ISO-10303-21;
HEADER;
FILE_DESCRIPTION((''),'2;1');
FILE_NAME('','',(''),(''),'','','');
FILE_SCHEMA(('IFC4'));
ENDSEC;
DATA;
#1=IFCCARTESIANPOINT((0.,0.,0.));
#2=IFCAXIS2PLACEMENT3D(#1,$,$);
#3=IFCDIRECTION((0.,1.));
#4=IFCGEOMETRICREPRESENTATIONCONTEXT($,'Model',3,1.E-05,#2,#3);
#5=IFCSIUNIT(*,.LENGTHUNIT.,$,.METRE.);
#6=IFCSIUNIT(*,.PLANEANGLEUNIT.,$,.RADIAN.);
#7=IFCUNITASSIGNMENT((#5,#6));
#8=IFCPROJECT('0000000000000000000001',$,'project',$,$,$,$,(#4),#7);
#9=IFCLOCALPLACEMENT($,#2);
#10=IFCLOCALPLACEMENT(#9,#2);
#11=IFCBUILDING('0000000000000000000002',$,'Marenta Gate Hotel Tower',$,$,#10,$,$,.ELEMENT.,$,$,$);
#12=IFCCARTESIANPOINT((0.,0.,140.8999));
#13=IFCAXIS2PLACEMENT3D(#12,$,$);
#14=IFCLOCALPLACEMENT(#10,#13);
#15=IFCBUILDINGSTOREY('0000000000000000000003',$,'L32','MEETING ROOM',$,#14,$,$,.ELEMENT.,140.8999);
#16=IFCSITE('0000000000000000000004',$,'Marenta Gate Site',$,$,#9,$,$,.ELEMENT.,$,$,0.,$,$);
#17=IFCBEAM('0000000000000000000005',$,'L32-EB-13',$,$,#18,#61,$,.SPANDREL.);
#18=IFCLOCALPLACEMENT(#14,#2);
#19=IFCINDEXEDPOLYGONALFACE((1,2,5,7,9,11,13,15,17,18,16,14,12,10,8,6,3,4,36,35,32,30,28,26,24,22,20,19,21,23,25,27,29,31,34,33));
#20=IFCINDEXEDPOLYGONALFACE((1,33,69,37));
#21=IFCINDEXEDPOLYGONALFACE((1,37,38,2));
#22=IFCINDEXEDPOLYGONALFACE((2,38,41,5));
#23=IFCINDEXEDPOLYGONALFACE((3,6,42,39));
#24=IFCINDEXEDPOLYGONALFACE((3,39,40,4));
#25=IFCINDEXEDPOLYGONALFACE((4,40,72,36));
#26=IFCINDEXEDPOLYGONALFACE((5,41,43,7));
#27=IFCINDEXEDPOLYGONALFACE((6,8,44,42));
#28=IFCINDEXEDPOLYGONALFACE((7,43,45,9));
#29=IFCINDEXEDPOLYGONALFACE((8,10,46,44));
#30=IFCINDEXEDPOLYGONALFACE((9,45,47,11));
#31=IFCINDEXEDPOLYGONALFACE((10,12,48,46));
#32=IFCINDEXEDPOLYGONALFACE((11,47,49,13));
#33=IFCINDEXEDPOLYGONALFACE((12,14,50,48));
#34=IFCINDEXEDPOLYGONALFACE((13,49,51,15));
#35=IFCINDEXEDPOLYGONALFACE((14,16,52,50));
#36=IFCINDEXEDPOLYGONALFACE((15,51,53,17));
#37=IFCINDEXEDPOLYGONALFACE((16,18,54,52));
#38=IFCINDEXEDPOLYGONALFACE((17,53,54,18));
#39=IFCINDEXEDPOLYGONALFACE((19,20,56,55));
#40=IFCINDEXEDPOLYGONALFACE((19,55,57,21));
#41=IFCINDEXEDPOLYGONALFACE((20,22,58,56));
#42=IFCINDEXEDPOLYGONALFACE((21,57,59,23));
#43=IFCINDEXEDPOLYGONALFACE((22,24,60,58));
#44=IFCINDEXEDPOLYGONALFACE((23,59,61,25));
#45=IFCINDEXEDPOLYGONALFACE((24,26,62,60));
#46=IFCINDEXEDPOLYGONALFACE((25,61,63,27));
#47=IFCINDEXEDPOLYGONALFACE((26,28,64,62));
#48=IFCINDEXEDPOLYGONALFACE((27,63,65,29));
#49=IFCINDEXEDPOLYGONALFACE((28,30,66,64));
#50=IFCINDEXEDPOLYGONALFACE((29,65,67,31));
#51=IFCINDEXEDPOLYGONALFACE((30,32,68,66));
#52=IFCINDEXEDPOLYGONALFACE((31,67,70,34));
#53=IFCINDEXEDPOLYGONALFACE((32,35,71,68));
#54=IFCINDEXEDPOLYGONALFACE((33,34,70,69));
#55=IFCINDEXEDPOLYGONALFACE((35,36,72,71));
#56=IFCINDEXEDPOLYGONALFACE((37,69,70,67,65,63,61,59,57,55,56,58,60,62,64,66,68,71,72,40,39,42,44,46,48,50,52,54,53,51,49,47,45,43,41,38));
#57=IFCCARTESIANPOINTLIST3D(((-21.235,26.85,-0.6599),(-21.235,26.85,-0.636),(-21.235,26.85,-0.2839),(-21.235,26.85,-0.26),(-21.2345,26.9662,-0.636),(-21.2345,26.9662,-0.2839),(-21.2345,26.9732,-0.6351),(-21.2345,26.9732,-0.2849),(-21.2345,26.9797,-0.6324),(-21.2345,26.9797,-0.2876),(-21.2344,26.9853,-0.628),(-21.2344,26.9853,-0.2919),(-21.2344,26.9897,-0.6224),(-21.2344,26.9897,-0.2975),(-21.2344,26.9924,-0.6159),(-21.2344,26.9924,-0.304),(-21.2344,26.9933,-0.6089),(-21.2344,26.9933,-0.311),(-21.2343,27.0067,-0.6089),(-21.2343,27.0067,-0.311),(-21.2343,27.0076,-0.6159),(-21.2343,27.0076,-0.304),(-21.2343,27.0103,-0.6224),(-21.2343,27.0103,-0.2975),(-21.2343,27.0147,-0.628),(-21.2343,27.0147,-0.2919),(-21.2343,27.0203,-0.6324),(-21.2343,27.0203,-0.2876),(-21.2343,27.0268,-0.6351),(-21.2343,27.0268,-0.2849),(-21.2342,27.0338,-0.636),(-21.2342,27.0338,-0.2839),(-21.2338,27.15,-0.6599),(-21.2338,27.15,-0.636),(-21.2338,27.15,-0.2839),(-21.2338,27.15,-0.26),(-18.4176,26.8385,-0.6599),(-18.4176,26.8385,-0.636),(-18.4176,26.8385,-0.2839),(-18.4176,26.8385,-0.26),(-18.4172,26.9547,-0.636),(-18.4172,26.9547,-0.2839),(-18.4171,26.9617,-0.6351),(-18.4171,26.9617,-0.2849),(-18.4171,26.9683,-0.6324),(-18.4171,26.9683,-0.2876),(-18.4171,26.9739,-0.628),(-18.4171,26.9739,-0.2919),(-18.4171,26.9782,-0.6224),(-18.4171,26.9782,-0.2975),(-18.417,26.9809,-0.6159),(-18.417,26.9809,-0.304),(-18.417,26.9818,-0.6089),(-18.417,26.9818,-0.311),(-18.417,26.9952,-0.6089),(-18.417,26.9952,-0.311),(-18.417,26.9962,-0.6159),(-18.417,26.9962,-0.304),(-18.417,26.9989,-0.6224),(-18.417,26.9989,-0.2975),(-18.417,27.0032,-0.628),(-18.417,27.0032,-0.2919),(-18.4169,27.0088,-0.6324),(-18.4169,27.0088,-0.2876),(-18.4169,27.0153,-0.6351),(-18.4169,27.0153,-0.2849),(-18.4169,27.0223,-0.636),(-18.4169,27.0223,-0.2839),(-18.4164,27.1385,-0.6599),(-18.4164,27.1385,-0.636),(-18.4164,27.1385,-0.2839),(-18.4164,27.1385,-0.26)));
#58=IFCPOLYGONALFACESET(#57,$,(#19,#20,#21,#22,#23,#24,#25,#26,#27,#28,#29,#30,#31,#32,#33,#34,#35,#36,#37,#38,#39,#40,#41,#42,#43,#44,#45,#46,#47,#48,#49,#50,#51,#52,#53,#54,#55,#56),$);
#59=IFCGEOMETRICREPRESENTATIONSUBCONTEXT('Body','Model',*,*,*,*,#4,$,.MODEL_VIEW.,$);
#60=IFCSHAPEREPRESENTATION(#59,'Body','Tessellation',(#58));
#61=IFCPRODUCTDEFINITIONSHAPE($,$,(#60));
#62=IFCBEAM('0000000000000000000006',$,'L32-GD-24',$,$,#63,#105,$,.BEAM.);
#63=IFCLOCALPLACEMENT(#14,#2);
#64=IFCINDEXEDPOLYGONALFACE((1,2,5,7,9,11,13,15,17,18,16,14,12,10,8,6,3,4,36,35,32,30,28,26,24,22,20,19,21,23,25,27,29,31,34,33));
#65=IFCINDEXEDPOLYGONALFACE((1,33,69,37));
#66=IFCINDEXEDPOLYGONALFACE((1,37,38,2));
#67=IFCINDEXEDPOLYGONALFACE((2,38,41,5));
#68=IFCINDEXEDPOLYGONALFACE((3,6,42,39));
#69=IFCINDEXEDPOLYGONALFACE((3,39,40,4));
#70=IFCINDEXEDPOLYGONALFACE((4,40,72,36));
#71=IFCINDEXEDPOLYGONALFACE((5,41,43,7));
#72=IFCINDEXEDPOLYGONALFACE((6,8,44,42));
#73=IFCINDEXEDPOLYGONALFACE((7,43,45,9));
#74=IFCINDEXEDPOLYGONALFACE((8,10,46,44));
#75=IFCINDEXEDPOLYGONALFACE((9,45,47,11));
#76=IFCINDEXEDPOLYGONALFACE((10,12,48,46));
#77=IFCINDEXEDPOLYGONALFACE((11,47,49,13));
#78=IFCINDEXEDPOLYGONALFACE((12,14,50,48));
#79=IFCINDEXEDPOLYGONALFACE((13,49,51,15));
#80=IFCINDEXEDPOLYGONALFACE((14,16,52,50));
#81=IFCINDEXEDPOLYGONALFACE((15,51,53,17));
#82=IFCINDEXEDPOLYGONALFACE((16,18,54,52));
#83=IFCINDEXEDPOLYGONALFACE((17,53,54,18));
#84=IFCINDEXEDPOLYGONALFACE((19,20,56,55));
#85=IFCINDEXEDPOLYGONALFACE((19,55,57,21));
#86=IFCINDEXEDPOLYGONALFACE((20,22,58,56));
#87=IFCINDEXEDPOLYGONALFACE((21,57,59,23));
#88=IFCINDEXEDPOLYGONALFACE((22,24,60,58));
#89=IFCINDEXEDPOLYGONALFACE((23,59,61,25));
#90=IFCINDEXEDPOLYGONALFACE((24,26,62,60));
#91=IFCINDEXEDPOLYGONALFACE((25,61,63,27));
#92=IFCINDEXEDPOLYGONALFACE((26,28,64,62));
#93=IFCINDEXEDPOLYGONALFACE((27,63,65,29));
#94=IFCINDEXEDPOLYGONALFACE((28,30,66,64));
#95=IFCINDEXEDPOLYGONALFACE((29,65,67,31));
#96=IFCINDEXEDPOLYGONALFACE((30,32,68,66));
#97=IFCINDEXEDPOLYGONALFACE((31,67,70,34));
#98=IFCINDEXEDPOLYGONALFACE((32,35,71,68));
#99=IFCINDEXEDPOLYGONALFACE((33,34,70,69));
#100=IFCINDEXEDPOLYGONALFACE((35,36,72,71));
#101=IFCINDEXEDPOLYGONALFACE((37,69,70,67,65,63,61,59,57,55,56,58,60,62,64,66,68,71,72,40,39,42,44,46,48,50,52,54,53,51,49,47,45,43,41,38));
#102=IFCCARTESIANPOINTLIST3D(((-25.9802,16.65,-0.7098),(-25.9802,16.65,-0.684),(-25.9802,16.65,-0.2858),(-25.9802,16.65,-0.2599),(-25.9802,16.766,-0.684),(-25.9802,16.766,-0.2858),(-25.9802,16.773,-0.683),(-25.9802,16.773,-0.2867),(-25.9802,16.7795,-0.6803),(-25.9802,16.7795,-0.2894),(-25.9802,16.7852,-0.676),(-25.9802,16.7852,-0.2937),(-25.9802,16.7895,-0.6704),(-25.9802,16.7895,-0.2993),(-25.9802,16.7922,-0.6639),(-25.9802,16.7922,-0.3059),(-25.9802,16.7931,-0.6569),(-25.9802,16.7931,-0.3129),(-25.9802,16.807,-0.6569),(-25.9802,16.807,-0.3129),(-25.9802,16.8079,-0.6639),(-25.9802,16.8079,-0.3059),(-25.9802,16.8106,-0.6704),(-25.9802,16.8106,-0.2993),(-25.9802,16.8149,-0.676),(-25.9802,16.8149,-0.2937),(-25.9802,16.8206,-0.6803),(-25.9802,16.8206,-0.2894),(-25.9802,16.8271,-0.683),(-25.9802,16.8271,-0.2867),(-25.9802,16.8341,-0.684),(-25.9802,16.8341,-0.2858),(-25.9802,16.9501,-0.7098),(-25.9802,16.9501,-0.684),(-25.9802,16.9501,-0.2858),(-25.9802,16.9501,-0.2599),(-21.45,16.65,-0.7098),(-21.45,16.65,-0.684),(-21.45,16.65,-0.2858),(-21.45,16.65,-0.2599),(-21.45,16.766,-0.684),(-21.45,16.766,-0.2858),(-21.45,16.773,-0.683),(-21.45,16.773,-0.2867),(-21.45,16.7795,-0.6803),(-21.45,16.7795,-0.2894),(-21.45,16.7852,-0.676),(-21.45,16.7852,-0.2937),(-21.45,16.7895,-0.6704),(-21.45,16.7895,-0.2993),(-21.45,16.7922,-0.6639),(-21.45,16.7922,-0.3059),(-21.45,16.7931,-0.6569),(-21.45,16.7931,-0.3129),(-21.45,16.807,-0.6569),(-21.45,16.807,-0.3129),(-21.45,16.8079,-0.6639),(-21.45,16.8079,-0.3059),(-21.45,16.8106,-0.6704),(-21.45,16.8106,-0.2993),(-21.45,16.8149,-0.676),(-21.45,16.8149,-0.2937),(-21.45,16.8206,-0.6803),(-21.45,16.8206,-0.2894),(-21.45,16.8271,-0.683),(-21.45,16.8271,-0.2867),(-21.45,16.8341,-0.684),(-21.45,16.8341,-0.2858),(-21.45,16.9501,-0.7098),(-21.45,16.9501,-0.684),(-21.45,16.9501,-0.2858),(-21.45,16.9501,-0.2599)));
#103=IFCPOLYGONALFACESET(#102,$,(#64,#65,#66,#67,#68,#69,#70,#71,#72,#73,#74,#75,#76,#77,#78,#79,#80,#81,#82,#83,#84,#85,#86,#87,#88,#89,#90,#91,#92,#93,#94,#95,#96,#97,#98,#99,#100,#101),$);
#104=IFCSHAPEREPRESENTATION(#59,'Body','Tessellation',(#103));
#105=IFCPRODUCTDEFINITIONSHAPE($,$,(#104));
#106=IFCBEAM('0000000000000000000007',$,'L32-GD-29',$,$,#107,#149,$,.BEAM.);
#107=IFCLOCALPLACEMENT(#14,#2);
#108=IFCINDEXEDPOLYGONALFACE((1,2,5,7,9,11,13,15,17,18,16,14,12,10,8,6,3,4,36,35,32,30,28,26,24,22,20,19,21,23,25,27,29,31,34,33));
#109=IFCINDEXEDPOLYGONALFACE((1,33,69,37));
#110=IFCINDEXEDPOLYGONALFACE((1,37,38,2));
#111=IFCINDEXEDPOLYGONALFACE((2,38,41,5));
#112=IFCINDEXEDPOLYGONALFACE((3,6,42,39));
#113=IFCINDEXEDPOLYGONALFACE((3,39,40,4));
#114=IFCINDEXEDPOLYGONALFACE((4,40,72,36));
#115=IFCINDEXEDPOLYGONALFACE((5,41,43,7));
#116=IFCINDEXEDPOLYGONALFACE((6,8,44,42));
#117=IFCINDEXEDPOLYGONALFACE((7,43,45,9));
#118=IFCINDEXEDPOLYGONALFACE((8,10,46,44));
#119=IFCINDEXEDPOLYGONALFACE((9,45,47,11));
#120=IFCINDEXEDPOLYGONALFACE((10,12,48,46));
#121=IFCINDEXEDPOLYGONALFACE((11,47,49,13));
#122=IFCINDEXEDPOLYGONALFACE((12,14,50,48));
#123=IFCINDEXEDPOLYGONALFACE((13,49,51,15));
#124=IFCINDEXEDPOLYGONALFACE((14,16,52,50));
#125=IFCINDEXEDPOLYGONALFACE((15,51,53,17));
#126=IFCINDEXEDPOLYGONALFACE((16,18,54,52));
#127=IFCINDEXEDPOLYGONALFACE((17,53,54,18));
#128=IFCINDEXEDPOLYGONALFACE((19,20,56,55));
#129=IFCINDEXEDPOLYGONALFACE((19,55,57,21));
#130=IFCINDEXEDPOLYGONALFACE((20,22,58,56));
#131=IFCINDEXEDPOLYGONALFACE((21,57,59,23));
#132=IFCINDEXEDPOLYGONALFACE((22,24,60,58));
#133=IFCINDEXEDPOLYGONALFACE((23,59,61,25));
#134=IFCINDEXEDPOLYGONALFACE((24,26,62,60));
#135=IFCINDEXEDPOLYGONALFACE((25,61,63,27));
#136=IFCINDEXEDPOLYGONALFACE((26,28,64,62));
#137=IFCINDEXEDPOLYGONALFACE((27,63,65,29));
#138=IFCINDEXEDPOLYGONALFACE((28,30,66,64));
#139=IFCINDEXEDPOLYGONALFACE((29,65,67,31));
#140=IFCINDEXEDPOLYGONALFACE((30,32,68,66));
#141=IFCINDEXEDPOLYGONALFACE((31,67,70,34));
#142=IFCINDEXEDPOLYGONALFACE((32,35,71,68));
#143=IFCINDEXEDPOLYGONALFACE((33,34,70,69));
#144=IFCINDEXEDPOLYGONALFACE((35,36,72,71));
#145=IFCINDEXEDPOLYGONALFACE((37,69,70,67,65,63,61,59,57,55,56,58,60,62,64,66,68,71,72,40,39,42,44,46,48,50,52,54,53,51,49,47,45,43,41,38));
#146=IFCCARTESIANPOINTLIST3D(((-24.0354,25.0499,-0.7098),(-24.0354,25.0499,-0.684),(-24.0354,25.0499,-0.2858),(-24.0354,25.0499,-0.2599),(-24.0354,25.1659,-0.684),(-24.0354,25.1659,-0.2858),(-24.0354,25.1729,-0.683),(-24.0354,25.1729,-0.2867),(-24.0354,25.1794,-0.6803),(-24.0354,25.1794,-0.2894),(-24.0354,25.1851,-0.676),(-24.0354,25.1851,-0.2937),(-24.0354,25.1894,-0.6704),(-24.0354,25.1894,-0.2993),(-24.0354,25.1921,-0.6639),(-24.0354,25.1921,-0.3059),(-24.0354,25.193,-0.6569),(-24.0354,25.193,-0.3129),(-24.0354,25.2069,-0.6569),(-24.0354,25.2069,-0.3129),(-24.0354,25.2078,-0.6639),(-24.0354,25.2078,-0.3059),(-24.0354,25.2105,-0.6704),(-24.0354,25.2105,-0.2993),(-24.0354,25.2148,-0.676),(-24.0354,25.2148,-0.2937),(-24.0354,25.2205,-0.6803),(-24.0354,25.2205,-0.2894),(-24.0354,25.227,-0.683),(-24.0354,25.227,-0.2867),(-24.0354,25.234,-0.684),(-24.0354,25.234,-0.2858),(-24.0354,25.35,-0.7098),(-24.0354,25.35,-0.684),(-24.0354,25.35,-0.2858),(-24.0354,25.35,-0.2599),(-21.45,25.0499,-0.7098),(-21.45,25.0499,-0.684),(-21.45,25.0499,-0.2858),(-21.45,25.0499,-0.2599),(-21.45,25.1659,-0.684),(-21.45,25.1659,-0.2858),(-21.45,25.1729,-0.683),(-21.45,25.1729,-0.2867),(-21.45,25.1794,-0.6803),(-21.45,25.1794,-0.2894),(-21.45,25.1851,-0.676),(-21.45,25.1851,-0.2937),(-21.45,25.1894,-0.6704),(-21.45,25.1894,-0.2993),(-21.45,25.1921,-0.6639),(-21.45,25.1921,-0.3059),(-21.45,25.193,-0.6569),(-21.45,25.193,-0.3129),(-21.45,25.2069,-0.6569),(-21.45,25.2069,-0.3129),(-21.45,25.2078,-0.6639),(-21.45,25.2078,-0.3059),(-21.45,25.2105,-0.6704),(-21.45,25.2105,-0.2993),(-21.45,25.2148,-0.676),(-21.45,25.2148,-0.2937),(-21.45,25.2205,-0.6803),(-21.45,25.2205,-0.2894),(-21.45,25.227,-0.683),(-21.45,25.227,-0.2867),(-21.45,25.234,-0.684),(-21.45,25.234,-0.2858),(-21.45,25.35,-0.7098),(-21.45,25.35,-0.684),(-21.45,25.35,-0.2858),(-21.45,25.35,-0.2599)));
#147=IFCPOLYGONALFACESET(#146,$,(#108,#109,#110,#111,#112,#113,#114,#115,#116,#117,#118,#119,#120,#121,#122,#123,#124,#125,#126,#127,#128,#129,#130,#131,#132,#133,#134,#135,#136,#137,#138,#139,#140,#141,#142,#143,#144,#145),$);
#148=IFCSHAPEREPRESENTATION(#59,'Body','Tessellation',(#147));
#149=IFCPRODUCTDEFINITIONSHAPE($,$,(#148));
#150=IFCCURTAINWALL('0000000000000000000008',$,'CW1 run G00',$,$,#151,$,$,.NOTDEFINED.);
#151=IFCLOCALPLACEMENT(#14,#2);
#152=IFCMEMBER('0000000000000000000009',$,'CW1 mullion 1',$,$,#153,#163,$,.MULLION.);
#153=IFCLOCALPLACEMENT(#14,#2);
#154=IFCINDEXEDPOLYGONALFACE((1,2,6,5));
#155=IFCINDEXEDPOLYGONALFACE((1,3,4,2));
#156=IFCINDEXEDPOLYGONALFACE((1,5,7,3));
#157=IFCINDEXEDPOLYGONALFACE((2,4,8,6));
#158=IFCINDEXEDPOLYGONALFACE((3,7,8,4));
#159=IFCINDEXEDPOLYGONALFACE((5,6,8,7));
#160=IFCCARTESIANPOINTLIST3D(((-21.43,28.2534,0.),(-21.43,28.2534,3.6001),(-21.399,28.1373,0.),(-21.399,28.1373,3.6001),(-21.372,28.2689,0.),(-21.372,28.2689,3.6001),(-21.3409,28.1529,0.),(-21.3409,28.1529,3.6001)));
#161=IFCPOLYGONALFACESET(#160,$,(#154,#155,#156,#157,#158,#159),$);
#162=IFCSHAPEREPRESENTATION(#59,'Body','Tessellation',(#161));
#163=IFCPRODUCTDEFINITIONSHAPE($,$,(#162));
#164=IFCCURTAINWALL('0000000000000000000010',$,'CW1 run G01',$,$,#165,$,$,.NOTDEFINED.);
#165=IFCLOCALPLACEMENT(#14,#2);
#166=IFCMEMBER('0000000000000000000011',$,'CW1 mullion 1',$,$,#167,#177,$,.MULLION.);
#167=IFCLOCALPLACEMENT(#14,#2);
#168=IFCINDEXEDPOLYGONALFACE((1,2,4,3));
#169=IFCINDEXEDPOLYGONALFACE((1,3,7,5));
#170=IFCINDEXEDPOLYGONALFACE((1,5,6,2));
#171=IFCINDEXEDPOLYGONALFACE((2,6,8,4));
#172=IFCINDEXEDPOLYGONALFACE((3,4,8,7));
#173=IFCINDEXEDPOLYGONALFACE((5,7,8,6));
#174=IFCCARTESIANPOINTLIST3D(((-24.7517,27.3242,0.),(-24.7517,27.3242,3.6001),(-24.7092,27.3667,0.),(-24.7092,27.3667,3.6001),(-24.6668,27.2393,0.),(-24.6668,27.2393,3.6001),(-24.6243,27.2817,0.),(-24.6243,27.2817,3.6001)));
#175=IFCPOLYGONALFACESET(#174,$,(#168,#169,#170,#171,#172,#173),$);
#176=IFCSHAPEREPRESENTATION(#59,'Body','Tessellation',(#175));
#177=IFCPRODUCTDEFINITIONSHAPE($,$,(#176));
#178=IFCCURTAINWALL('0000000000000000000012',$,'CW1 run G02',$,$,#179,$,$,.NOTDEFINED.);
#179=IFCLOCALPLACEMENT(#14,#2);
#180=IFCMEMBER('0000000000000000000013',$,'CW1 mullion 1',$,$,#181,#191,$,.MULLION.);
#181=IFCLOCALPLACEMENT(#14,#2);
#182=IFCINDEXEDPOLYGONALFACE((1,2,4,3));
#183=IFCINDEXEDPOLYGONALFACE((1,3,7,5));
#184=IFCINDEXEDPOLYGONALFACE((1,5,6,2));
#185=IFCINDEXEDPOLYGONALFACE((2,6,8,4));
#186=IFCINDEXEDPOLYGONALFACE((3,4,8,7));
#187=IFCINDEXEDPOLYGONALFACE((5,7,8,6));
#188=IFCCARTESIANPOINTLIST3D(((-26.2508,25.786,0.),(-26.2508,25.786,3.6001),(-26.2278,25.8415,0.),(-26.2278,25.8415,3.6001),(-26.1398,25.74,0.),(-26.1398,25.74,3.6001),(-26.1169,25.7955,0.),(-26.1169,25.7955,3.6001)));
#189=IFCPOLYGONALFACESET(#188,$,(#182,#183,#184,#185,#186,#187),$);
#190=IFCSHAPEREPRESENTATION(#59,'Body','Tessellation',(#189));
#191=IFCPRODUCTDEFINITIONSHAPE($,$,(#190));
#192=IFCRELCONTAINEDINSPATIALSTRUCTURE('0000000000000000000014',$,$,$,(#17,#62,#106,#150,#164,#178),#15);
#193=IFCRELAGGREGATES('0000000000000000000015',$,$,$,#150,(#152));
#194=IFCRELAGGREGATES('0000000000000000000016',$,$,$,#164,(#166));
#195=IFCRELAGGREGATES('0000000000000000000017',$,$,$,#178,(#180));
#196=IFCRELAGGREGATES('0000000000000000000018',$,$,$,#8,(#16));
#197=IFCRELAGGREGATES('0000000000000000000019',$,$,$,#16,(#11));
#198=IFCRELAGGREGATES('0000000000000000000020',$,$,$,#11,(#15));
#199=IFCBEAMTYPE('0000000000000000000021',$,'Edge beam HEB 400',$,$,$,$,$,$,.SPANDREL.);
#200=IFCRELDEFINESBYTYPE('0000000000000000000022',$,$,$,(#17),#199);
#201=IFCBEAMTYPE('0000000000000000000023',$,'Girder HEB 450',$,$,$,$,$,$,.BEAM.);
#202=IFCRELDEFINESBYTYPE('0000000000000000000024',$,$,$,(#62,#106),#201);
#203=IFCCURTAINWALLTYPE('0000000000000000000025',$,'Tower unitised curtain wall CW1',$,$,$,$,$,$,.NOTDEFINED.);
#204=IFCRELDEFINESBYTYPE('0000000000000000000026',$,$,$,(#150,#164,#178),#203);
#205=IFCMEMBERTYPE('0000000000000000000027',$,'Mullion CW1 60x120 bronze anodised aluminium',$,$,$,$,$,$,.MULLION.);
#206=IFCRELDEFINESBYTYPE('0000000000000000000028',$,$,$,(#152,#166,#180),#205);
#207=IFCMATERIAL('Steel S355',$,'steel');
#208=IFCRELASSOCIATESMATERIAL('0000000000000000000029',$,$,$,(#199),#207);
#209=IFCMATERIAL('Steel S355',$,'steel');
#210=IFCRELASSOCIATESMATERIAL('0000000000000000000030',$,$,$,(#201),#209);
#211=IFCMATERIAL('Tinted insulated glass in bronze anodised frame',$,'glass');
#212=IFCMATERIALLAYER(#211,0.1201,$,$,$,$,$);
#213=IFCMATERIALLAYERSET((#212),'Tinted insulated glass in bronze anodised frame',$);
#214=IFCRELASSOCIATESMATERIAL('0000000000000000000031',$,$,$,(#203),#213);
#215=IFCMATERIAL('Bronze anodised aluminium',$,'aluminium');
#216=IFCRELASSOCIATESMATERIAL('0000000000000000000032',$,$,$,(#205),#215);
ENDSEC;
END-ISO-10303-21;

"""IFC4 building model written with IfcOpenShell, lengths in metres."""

from ifc_helpers import new_model, si_unit, direction, frame, origin, origin_2d, place, context, subcontext, project, spatial, rectangle, i_section, extrude, material, layer, layer_set, material_profile, profile_set, type_object, element, aggregate, save


model = new_model("IFC4")

# Units and contexts
model_context = context("Model", 3, precision=1e-05, world=origin(), true_north=direction((0.0, 1.0)))
body_context = subcontext(model_context, "Body", "Model", "MODEL_VIEW")
ifc_project = project(units=[si_unit("LENGTHUNIT", "METRE"), si_unit("PLANEANGLEUNIT", "RADIAN")], contexts=[model_context])

# Site, building, storey
site_placement = place(None, origin())
site = spatial("IfcSite", under=ifc_project, at=site_placement, Name="Marenta Gate Site", CompositionType="ELEMENT", RefElevation=0.0)
building_placement = place(site_placement, origin())
building = spatial("IfcBuilding", under=site, at=building_placement, Name="Marenta Gate Hotel Tower", CompositionType="ELEMENT")
storey_placement = place(building_placement, frame((0.0, 0.0, 140.8999)))
storey = spatial("IfcBuildingStorey", under=building, at=storey_placement, Name="L32", Description="MEETING ROOM", CompositionType="ELEMENT", Elevation=140.8999)

# Beams
ifc_material_1 = material(Name="Steel S355", Category="steel")
ifc_material_profile_1 = material_profile(ifc_material_1, i_section(OverallWidth=0.3, OverallDepth=0.3999, WebThickness=0.0134, FlangeThickness=0.0239, FilletRadius=0.0271, at=origin_2d()), Name="HEB 400")
ifc_profile_set_1 = profile_set([ifc_material_profile_1], Name="Steel S355")
beam_type_1 = type_object("IfcBeamType", Name="Edge beam HEB 400", PredefinedType="SPANDREL", material=ifc_profile_set_1)
beam_1_placement = place(storey_placement, frame((-21.2344, 27.0, -0.46), z_axis=(0.999992, -0.004073, 0.0), x_axis=(0.004073, 0.999992, 0.0)))
element("IfcBeam", 1, at=beam_1_placement, inside=storey, type_object=beam_type_1, Name="L32-EB-13", PredefinedType="SPANDREL", context=body_context, shape_type="SweptSolid", body=[
    extrude(i_section(OverallWidth=0.3, OverallDepth=0.3999, WebThickness=0.0134, FlangeThickness=0.0239, FilletRadius=0.0271, at=origin_2d()), origin(), (0.0, 0.0, 1.0), 2.8174),
])
ifc_material_2 = material(Name="Steel S355", Category="steel")
ifc_material_profile_2 = material_profile(ifc_material_2, i_section(OverallWidth=0.3, OverallDepth=0.45, WebThickness=0.0139, FlangeThickness=0.0259, FilletRadius=0.0271, at=origin_2d()), Name="HEB 450")
ifc_profile_set_2 = profile_set([ifc_material_profile_2], Name="Steel S355")
beam_type_2 = type_object("IfcBeamType", Name="Girder HEB 450", PredefinedType="BEAM", material=ifc_profile_set_2)
beam_2_placement = place(storey_placement, frame((-25.9802, 16.8, -0.4849), z_axis=(1.0, 0.0, 0.0), x_axis=(0.0, 1.0, 0.0)))
element("IfcBeam", 2, at=beam_2_placement, inside=storey, type_object=beam_type_2, Name="L32-GD-24", PredefinedType="BEAM", context=body_context, shape_type="SweptSolid", body=[
    extrude(i_section(OverallWidth=0.3, OverallDepth=0.45, WebThickness=0.0139, FlangeThickness=0.0259, FilletRadius=0.0271, at=origin_2d()), origin(), (0.0, 0.0, 1.0), 4.5303),
])
beam_3_placement = place(storey_placement, frame((-24.0354, 25.2, -0.4849), z_axis=(1.0, 0.0, 0.0), x_axis=(0.0, 1.0, 0.0)))
element("IfcBeam", 3, at=beam_3_placement, inside=storey, type_object=beam_type_2, Name="L32-GD-29", PredefinedType="BEAM", context=body_context, shape_type="SweptSolid", body=[
    extrude(i_section(OverallWidth=0.3, OverallDepth=0.45, WebThickness=0.0139, FlangeThickness=0.0259, FilletRadius=0.0271, at=origin_2d()), origin(), (0.0, 0.0, 1.0), 2.5854),
])

# Curtain walls, members
ifc_material_3 = material(Name="Tinted insulated glass in bronze anodised frame", Category="glass")
ifc_layer_1 = layer(ifc_material_3, 0.1201)
ifc_layer_set_1 = layer_set([ifc_layer_1], Name="Tinted insulated glass in bronze anodised frame")
curtain_wall_type = type_object("IfcCurtainWallType", Name="Tower unitised curtain wall CW1", PredefinedType="NOTDEFINED", material=ifc_layer_set_1)
curtain_wall_1_placement = place(storey_placement, origin())
curtain_wall_1 = element("IfcCurtainWall", 4, at=curtain_wall_1_placement, inside=storey, type_object=curtain_wall_type, Name="CW1 run G00", PredefinedType="NOTDEFINED")
ifc_material_4 = material(Name="Bronze anodised aluminium", Category="aluminium")
ifc_material_profile_3 = material_profile(ifc_material_4, rectangle(XDim=0.1201, YDim=0.0601, at=origin_2d()), Name="Mullion CW1 60x120 bronze anodised aluminium")
ifc_profile_set_3 = profile_set([ifc_material_profile_3], Name="Bronze anodised aluminium")
member_type_1 = type_object("IfcMemberType", Name="Mullion CW1 60x120 bronze anodised aluminium", PredefinedType="MULLION", material=ifc_profile_set_3)
member_1_placement = place(storey_placement, frame((-21.3855, 28.2031, 0.0), z_axis=(0.0, 0.0, 1.0), x_axis=(0.258801, -0.965931, 0.0)))
member_1 = element("IfcMember", 5, at=member_1_placement, type_object=member_type_1, Name="CW1 mullion 1", PredefinedType="MULLION", context=body_context, shape_type="SweptSolid", body=[
    extrude(rectangle(XDim=0.1201, YDim=0.0601, at=origin_2d()), origin(), (0.0, 0.0, 1.0), 3.6001),
])
curtain_wall_2_placement = place(storey_placement, origin())
curtain_wall_2 = element("IfcCurtainWall", 6, at=curtain_wall_2_placement, inside=storey, type_object=curtain_wall_type, Name="CW1 run G01", PredefinedType="NOTDEFINED")
member_2_placement = place(storey_placement, frame((-24.688, 27.303, 0.0), z_axis=(0.0, 0.0, 1.0), x_axis=(0.707107, -0.707107, 0.0)))
member_2 = element("IfcMember", 7, at=member_2_placement, type_object=member_type_1, Name="CW1 mullion 1", PredefinedType="MULLION", context=body_context, shape_type="SweptSolid", body=[
    extrude(rectangle(XDim=0.1201, YDim=0.0601, at=origin_2d()), origin(), (0.0, 0.0, 1.0), 3.6001),
])
curtain_wall_3_placement = place(storey_placement, origin())
curtain_wall_3 = element("IfcCurtainWall", 8, at=curtain_wall_3_placement, inside=storey, type_object=curtain_wall_type, Name="CW1 run G02", PredefinedType="NOTDEFINED")
member_3_placement = place(storey_placement, frame((-26.1838, 25.7908, 0.0), z_axis=(0.0, 0.0, 1.0), x_axis=(0.923884, -0.382672, 0.0)))
member_3 = element("IfcMember", 9, at=member_3_placement, type_object=member_type_1, Name="CW1 mullion 1", PredefinedType="MULLION", context=body_context, shape_type="SweptSolid", body=[
    extrude(rectangle(XDim=0.1201, YDim=0.0601, at=origin_2d()), origin(), (0.0, 0.0, 1.0), 3.6001),
])

aggregate(curtain_wall_1, [member_1])
aggregate(curtain_wall_2, [member_2])
aggregate(curtain_wall_3, [member_3])

save(model, "model.ifc")
